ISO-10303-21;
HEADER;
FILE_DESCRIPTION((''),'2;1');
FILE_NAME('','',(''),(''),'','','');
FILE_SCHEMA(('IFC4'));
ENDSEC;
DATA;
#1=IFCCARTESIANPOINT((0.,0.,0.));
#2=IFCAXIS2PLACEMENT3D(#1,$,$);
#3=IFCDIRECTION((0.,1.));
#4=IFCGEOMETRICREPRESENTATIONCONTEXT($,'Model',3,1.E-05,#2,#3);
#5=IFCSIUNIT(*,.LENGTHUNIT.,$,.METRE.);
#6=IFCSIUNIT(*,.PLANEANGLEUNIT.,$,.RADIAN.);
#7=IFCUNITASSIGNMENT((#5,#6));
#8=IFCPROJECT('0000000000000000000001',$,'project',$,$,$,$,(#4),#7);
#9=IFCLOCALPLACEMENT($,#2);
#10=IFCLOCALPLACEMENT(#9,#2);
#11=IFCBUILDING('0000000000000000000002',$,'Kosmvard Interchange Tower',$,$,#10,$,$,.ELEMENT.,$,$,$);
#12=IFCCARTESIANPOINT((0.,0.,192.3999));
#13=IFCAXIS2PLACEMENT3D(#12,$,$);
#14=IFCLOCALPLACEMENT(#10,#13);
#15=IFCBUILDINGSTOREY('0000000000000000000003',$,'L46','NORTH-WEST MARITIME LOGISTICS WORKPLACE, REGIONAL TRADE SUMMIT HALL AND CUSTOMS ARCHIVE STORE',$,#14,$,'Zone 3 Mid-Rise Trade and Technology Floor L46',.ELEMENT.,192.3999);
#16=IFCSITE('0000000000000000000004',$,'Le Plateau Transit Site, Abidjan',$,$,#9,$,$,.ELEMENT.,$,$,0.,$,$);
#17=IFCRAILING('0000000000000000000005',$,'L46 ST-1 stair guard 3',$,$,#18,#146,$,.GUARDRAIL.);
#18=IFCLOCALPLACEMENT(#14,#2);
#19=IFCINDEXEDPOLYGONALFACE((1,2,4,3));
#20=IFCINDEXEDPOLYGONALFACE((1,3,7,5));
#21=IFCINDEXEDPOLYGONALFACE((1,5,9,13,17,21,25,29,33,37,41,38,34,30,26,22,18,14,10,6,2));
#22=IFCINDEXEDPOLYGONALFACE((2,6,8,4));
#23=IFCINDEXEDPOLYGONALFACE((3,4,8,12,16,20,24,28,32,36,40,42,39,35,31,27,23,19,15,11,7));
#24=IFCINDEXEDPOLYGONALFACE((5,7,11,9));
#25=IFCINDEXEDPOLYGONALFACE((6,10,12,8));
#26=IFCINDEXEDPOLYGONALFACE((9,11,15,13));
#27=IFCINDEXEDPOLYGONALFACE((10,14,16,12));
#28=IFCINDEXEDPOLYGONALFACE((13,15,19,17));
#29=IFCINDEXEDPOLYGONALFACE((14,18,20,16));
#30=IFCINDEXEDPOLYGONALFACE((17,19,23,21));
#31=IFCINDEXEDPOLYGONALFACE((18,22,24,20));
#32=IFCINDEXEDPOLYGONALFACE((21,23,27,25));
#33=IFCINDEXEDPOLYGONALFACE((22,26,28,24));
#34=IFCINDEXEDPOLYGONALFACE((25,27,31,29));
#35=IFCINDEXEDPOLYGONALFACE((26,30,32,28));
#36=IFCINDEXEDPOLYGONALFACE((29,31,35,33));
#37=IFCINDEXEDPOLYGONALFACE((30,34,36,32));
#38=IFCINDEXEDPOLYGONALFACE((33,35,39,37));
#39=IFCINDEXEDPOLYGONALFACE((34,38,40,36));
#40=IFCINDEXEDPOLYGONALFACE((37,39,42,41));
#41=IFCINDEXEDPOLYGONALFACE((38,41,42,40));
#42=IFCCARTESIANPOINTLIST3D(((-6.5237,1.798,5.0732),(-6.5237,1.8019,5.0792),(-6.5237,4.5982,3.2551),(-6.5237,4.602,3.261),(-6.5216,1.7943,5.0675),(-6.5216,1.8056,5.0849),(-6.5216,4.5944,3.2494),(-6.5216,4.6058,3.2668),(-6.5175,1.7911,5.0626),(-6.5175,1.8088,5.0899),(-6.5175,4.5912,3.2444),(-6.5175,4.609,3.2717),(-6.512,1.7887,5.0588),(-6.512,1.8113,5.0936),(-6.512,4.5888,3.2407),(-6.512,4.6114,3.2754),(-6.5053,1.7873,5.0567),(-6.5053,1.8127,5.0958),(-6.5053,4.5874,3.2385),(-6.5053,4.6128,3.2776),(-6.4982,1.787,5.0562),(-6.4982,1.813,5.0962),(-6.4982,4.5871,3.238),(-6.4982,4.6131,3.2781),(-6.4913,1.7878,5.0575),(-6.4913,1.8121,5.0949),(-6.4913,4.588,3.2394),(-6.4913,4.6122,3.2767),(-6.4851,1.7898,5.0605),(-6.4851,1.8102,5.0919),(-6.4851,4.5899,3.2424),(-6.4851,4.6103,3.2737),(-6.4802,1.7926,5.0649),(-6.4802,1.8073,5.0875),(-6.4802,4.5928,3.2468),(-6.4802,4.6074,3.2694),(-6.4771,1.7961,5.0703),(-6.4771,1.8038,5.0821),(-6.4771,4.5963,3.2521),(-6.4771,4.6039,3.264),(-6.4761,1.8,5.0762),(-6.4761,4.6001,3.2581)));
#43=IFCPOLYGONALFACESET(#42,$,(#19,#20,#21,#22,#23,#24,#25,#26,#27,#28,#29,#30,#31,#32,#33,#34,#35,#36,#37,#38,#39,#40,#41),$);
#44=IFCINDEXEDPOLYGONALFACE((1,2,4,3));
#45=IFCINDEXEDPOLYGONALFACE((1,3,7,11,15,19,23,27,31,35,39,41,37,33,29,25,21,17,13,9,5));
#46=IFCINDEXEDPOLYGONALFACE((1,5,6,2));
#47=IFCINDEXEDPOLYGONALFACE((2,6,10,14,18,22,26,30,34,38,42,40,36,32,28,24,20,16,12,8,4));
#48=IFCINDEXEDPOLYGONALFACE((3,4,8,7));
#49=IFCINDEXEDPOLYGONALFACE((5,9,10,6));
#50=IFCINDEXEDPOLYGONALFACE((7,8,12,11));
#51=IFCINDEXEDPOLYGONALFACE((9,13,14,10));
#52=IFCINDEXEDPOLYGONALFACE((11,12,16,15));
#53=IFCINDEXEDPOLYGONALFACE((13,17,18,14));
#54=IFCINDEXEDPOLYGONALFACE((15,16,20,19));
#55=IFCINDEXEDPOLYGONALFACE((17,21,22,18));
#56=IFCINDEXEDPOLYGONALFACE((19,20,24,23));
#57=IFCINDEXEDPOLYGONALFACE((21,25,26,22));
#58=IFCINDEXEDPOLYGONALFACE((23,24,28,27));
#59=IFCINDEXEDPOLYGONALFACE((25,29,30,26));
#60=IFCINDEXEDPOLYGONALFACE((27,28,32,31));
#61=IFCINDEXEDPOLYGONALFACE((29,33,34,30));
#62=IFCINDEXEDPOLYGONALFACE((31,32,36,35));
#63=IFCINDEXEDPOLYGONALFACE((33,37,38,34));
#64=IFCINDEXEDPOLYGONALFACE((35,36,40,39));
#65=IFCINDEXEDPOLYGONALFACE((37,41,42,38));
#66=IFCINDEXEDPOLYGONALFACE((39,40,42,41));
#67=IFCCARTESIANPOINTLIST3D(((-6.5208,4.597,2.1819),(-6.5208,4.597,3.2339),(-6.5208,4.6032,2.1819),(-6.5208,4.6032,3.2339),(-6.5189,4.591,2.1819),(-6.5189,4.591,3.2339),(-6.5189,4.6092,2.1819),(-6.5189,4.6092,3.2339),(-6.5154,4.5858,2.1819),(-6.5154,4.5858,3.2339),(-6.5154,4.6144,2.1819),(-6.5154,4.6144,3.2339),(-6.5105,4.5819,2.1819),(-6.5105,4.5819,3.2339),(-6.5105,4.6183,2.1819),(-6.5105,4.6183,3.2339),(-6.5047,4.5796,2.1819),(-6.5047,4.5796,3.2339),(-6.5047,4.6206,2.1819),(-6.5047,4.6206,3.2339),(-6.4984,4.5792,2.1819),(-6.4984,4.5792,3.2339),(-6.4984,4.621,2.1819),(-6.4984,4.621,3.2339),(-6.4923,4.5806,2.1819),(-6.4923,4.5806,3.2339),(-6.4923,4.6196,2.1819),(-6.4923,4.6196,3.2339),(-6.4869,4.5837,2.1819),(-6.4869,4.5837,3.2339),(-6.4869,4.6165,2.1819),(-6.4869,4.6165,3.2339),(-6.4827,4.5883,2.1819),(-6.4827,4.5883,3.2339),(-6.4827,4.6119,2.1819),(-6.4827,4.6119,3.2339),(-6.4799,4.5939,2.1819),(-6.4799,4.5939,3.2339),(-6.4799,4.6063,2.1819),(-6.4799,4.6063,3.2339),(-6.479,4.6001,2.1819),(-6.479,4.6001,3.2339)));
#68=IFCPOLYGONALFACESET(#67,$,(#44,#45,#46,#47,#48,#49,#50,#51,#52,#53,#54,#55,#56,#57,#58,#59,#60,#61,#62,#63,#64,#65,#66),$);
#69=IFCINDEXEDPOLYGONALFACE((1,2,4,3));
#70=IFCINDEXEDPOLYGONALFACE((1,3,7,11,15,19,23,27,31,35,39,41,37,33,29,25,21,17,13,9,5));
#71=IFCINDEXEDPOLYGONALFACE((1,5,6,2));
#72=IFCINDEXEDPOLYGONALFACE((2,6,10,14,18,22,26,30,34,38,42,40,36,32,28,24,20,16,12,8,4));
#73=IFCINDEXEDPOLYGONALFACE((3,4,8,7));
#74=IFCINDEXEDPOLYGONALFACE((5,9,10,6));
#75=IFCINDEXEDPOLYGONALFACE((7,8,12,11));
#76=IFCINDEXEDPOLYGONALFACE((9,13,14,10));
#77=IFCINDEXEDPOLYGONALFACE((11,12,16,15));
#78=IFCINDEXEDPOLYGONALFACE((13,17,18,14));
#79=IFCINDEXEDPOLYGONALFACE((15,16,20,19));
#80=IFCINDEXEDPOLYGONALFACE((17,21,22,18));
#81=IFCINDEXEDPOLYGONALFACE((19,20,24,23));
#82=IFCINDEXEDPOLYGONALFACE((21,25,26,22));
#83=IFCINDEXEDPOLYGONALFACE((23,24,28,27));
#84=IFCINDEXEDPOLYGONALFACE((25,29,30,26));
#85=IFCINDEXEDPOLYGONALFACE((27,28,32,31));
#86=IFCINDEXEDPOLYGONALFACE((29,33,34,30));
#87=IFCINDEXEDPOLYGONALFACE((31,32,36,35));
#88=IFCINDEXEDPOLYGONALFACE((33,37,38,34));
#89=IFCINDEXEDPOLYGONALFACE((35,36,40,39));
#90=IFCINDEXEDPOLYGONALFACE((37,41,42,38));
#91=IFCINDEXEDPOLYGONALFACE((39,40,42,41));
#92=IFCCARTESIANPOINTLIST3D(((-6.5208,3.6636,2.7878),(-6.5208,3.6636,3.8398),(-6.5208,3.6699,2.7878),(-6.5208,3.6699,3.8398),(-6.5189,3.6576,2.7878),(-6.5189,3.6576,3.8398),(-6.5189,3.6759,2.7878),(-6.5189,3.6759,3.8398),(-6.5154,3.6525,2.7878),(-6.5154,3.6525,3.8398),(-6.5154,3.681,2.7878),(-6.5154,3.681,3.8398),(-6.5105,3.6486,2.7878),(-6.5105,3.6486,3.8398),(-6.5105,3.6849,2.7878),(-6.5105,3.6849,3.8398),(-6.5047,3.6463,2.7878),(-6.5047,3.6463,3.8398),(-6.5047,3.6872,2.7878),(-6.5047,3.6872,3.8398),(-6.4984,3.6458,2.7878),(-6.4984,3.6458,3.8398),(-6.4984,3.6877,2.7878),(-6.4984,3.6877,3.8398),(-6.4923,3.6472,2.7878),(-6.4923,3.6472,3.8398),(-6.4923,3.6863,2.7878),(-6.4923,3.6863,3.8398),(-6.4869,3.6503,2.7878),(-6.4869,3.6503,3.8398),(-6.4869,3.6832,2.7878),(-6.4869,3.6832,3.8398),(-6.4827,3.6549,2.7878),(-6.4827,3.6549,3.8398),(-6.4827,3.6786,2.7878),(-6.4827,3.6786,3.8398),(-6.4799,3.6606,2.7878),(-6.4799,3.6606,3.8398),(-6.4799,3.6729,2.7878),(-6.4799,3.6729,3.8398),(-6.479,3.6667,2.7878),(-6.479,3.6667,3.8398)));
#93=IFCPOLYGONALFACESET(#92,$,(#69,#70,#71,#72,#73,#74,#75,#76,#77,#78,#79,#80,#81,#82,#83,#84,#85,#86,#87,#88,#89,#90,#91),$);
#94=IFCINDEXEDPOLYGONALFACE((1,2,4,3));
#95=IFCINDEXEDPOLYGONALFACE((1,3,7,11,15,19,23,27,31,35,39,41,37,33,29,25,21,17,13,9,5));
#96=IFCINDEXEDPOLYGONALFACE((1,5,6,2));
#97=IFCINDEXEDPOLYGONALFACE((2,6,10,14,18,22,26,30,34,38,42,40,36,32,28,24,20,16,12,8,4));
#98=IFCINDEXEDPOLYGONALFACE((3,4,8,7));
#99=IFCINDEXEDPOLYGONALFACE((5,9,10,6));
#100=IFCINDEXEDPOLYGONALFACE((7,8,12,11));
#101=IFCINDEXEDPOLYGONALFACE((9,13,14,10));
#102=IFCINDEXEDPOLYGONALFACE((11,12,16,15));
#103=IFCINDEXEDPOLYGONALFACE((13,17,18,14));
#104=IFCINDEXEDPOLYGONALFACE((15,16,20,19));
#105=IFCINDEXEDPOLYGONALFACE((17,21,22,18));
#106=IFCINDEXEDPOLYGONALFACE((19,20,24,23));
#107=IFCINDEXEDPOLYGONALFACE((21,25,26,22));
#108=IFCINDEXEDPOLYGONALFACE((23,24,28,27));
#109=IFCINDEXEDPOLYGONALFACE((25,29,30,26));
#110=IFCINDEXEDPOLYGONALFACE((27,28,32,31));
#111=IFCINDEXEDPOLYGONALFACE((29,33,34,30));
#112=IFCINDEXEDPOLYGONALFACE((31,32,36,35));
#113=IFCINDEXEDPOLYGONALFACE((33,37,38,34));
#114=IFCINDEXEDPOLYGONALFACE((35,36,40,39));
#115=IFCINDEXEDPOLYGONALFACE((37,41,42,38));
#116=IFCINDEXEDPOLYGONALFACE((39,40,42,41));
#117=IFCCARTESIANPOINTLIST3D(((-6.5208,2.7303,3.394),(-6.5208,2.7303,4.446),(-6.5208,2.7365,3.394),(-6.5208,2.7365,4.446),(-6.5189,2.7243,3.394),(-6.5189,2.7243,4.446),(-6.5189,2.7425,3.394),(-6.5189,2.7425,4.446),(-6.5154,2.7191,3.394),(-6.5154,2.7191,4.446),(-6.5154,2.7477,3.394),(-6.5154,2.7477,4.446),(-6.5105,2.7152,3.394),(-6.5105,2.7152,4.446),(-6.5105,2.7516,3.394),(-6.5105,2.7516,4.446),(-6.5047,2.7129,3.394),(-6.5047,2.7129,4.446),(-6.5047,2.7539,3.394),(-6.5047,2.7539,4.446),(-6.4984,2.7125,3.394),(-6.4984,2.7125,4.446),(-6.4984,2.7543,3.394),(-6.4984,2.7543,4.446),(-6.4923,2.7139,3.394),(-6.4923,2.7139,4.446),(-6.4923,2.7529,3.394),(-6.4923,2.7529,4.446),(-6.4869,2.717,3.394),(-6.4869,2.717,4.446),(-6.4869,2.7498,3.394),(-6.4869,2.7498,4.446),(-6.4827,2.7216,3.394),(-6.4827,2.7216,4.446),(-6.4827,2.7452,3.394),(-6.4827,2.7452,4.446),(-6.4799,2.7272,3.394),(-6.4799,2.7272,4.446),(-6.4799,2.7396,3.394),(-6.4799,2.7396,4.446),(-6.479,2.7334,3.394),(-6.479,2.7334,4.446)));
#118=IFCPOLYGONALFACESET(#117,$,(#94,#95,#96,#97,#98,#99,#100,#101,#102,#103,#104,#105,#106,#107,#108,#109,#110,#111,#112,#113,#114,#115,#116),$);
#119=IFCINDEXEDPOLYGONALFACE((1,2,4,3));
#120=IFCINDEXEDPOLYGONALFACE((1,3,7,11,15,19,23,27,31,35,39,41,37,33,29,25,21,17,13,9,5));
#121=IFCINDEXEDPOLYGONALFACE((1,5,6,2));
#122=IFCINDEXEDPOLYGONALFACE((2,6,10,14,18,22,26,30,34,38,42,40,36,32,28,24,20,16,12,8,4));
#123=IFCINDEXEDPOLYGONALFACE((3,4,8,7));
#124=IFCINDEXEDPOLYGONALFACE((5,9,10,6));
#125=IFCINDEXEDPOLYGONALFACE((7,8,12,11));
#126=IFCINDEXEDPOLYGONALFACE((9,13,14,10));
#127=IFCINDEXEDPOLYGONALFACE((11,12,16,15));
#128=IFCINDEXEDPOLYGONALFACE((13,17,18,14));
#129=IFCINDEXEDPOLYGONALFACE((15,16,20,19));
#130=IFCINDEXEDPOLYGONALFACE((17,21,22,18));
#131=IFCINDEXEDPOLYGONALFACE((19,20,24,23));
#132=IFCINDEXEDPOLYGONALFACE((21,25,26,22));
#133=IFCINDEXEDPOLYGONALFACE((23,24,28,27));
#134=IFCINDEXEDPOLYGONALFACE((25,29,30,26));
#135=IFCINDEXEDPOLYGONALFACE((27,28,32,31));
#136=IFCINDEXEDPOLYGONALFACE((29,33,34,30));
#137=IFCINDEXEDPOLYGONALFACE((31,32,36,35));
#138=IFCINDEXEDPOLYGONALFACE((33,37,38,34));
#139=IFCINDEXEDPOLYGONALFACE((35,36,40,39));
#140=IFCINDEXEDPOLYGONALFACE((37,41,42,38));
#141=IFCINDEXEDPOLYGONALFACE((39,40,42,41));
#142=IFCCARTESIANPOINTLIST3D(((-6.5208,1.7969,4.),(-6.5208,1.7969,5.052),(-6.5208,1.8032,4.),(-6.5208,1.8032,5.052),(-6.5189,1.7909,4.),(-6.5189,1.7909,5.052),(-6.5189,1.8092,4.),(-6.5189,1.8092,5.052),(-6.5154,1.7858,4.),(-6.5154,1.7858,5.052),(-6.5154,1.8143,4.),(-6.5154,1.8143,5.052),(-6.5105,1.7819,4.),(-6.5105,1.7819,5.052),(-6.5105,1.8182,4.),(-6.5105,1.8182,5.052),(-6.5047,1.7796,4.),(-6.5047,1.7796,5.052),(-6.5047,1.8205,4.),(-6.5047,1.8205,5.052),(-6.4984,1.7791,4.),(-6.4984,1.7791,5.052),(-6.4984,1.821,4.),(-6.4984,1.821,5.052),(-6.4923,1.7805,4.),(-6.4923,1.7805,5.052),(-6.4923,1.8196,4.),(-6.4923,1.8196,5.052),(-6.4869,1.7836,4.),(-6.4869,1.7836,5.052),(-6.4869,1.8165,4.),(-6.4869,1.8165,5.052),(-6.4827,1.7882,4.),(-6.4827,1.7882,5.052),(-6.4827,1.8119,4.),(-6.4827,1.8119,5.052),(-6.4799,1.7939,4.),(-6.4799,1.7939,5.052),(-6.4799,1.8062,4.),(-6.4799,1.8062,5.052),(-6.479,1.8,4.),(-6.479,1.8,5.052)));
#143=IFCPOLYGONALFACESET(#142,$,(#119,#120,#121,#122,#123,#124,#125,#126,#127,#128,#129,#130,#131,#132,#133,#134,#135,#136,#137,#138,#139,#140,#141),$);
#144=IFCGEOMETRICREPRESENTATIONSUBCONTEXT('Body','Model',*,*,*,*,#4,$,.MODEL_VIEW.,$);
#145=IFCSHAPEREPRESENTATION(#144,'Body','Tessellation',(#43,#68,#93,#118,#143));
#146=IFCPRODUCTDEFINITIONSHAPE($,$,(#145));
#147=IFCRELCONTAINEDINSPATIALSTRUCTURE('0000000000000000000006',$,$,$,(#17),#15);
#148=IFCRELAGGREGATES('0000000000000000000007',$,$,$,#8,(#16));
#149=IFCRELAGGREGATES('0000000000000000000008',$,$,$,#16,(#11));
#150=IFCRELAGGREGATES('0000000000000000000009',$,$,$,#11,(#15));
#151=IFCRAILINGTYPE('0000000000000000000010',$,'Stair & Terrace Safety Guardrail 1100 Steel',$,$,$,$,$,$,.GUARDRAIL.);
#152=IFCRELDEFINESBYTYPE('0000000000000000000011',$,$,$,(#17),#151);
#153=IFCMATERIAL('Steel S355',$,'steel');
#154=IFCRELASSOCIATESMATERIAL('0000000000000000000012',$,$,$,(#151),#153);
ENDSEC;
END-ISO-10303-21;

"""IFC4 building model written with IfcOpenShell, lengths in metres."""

from ifc_helpers import new_model, si_unit, direction, frame, origin, origin_2d, place, context, subcontext, project, spatial, circle, extrude, source, transform, mapped, material, type_object, element, save


model = new_model("IFC4")

# Units and contexts
model_context = context("Model", 3, precision=1e-05, world=origin(), true_north=direction((0.0, 1.0)))
body_context = subcontext(model_context, "Body", "Model", "MODEL_VIEW")
ifc_project = project(units=[si_unit("LENGTHUNIT", "METRE"), si_unit("PLANEANGLEUNIT", "RADIAN")], contexts=[model_context])

# Site, building, storey
site_placement = place(None, origin())
site = spatial("IfcSite", under=ifc_project, at=site_placement, Name="Le Plateau Transit Site, Abidjan", CompositionType="ELEMENT", RefElevation=0.0)
building_placement = place(site_placement, origin())
building = spatial("IfcBuilding", under=site, at=building_placement, Name="Kosmvard Interchange Tower", CompositionType="ELEMENT")
storey_placement = place(building_placement, frame((0.0, 0.0, 192.3999)))
storey = spatial("IfcBuildingStorey", under=building, at=storey_placement, Name="L46", Description="NORTH-WEST MARITIME LOGISTICS WORKPLACE, REGIONAL TRADE SUMMIT HALL AND CUSTOMS ARCHIVE STORE", LongName="Zone 3 Mid-Rise Trade and Technology Floor L46", CompositionType="ELEMENT", Elevation=192.3999)

# Railing
ifc_material_1 = material(Name="Steel S355", Category="steel")
railing_type_1 = type_object("IfcRailingType", Name="Stair & Terrace Safety Guardrail 1100 Steel", PredefinedType="GUARDRAIL", material=ifc_material_1)
shared_shape_1 = source(origin(), body_context, "Body", "SweptSolid", [
    extrude(circle(Radius=0.0239, at=origin_2d()), frame((0.0, 0.0, 1.0762), z_axis=(0.0, -0.838706, 0.544585), x_axis=(1.0, 0.0, 0.0)), (0.0, 0.0, 1.0), 3.3386),
    extrude(circle(Radius=0.021, at=origin_2d()), origin(), (0.0, 0.0, 1.0), 1.052),
    extrude(circle(Radius=0.021, at=origin_2d()), frame((0.0, -0.9333, 0.606)), (0.0, 0.0, 1.0), 1.052),
    extrude(circle(Radius=0.021, at=origin_2d()), frame((0.0, -1.8667, 1.2122)), (0.0, 0.0, 1.0), 1.052),
    extrude(circle(Radius=0.021, at=origin_2d()), frame((0.0, -2.8, 1.8181)), (0.0, 0.0, 1.0), 1.052),
])
railing_1_placement = place(storey_placement, frame((-6.5, 4.6001, 2.1819)))
element("IfcRailing", 1, at=railing_1_placement, inside=storey, type_object=railing_type_1, Name="L46 ST-1 stair guard 3", PredefinedType="GUARDRAIL", context=body_context, shape_type="MappedRepresentation", body=[
    mapped(shared_shape_1, transform((0.0, 0.0, 0.0), scale=1.0)),
])

save(model, "model.ifc")
